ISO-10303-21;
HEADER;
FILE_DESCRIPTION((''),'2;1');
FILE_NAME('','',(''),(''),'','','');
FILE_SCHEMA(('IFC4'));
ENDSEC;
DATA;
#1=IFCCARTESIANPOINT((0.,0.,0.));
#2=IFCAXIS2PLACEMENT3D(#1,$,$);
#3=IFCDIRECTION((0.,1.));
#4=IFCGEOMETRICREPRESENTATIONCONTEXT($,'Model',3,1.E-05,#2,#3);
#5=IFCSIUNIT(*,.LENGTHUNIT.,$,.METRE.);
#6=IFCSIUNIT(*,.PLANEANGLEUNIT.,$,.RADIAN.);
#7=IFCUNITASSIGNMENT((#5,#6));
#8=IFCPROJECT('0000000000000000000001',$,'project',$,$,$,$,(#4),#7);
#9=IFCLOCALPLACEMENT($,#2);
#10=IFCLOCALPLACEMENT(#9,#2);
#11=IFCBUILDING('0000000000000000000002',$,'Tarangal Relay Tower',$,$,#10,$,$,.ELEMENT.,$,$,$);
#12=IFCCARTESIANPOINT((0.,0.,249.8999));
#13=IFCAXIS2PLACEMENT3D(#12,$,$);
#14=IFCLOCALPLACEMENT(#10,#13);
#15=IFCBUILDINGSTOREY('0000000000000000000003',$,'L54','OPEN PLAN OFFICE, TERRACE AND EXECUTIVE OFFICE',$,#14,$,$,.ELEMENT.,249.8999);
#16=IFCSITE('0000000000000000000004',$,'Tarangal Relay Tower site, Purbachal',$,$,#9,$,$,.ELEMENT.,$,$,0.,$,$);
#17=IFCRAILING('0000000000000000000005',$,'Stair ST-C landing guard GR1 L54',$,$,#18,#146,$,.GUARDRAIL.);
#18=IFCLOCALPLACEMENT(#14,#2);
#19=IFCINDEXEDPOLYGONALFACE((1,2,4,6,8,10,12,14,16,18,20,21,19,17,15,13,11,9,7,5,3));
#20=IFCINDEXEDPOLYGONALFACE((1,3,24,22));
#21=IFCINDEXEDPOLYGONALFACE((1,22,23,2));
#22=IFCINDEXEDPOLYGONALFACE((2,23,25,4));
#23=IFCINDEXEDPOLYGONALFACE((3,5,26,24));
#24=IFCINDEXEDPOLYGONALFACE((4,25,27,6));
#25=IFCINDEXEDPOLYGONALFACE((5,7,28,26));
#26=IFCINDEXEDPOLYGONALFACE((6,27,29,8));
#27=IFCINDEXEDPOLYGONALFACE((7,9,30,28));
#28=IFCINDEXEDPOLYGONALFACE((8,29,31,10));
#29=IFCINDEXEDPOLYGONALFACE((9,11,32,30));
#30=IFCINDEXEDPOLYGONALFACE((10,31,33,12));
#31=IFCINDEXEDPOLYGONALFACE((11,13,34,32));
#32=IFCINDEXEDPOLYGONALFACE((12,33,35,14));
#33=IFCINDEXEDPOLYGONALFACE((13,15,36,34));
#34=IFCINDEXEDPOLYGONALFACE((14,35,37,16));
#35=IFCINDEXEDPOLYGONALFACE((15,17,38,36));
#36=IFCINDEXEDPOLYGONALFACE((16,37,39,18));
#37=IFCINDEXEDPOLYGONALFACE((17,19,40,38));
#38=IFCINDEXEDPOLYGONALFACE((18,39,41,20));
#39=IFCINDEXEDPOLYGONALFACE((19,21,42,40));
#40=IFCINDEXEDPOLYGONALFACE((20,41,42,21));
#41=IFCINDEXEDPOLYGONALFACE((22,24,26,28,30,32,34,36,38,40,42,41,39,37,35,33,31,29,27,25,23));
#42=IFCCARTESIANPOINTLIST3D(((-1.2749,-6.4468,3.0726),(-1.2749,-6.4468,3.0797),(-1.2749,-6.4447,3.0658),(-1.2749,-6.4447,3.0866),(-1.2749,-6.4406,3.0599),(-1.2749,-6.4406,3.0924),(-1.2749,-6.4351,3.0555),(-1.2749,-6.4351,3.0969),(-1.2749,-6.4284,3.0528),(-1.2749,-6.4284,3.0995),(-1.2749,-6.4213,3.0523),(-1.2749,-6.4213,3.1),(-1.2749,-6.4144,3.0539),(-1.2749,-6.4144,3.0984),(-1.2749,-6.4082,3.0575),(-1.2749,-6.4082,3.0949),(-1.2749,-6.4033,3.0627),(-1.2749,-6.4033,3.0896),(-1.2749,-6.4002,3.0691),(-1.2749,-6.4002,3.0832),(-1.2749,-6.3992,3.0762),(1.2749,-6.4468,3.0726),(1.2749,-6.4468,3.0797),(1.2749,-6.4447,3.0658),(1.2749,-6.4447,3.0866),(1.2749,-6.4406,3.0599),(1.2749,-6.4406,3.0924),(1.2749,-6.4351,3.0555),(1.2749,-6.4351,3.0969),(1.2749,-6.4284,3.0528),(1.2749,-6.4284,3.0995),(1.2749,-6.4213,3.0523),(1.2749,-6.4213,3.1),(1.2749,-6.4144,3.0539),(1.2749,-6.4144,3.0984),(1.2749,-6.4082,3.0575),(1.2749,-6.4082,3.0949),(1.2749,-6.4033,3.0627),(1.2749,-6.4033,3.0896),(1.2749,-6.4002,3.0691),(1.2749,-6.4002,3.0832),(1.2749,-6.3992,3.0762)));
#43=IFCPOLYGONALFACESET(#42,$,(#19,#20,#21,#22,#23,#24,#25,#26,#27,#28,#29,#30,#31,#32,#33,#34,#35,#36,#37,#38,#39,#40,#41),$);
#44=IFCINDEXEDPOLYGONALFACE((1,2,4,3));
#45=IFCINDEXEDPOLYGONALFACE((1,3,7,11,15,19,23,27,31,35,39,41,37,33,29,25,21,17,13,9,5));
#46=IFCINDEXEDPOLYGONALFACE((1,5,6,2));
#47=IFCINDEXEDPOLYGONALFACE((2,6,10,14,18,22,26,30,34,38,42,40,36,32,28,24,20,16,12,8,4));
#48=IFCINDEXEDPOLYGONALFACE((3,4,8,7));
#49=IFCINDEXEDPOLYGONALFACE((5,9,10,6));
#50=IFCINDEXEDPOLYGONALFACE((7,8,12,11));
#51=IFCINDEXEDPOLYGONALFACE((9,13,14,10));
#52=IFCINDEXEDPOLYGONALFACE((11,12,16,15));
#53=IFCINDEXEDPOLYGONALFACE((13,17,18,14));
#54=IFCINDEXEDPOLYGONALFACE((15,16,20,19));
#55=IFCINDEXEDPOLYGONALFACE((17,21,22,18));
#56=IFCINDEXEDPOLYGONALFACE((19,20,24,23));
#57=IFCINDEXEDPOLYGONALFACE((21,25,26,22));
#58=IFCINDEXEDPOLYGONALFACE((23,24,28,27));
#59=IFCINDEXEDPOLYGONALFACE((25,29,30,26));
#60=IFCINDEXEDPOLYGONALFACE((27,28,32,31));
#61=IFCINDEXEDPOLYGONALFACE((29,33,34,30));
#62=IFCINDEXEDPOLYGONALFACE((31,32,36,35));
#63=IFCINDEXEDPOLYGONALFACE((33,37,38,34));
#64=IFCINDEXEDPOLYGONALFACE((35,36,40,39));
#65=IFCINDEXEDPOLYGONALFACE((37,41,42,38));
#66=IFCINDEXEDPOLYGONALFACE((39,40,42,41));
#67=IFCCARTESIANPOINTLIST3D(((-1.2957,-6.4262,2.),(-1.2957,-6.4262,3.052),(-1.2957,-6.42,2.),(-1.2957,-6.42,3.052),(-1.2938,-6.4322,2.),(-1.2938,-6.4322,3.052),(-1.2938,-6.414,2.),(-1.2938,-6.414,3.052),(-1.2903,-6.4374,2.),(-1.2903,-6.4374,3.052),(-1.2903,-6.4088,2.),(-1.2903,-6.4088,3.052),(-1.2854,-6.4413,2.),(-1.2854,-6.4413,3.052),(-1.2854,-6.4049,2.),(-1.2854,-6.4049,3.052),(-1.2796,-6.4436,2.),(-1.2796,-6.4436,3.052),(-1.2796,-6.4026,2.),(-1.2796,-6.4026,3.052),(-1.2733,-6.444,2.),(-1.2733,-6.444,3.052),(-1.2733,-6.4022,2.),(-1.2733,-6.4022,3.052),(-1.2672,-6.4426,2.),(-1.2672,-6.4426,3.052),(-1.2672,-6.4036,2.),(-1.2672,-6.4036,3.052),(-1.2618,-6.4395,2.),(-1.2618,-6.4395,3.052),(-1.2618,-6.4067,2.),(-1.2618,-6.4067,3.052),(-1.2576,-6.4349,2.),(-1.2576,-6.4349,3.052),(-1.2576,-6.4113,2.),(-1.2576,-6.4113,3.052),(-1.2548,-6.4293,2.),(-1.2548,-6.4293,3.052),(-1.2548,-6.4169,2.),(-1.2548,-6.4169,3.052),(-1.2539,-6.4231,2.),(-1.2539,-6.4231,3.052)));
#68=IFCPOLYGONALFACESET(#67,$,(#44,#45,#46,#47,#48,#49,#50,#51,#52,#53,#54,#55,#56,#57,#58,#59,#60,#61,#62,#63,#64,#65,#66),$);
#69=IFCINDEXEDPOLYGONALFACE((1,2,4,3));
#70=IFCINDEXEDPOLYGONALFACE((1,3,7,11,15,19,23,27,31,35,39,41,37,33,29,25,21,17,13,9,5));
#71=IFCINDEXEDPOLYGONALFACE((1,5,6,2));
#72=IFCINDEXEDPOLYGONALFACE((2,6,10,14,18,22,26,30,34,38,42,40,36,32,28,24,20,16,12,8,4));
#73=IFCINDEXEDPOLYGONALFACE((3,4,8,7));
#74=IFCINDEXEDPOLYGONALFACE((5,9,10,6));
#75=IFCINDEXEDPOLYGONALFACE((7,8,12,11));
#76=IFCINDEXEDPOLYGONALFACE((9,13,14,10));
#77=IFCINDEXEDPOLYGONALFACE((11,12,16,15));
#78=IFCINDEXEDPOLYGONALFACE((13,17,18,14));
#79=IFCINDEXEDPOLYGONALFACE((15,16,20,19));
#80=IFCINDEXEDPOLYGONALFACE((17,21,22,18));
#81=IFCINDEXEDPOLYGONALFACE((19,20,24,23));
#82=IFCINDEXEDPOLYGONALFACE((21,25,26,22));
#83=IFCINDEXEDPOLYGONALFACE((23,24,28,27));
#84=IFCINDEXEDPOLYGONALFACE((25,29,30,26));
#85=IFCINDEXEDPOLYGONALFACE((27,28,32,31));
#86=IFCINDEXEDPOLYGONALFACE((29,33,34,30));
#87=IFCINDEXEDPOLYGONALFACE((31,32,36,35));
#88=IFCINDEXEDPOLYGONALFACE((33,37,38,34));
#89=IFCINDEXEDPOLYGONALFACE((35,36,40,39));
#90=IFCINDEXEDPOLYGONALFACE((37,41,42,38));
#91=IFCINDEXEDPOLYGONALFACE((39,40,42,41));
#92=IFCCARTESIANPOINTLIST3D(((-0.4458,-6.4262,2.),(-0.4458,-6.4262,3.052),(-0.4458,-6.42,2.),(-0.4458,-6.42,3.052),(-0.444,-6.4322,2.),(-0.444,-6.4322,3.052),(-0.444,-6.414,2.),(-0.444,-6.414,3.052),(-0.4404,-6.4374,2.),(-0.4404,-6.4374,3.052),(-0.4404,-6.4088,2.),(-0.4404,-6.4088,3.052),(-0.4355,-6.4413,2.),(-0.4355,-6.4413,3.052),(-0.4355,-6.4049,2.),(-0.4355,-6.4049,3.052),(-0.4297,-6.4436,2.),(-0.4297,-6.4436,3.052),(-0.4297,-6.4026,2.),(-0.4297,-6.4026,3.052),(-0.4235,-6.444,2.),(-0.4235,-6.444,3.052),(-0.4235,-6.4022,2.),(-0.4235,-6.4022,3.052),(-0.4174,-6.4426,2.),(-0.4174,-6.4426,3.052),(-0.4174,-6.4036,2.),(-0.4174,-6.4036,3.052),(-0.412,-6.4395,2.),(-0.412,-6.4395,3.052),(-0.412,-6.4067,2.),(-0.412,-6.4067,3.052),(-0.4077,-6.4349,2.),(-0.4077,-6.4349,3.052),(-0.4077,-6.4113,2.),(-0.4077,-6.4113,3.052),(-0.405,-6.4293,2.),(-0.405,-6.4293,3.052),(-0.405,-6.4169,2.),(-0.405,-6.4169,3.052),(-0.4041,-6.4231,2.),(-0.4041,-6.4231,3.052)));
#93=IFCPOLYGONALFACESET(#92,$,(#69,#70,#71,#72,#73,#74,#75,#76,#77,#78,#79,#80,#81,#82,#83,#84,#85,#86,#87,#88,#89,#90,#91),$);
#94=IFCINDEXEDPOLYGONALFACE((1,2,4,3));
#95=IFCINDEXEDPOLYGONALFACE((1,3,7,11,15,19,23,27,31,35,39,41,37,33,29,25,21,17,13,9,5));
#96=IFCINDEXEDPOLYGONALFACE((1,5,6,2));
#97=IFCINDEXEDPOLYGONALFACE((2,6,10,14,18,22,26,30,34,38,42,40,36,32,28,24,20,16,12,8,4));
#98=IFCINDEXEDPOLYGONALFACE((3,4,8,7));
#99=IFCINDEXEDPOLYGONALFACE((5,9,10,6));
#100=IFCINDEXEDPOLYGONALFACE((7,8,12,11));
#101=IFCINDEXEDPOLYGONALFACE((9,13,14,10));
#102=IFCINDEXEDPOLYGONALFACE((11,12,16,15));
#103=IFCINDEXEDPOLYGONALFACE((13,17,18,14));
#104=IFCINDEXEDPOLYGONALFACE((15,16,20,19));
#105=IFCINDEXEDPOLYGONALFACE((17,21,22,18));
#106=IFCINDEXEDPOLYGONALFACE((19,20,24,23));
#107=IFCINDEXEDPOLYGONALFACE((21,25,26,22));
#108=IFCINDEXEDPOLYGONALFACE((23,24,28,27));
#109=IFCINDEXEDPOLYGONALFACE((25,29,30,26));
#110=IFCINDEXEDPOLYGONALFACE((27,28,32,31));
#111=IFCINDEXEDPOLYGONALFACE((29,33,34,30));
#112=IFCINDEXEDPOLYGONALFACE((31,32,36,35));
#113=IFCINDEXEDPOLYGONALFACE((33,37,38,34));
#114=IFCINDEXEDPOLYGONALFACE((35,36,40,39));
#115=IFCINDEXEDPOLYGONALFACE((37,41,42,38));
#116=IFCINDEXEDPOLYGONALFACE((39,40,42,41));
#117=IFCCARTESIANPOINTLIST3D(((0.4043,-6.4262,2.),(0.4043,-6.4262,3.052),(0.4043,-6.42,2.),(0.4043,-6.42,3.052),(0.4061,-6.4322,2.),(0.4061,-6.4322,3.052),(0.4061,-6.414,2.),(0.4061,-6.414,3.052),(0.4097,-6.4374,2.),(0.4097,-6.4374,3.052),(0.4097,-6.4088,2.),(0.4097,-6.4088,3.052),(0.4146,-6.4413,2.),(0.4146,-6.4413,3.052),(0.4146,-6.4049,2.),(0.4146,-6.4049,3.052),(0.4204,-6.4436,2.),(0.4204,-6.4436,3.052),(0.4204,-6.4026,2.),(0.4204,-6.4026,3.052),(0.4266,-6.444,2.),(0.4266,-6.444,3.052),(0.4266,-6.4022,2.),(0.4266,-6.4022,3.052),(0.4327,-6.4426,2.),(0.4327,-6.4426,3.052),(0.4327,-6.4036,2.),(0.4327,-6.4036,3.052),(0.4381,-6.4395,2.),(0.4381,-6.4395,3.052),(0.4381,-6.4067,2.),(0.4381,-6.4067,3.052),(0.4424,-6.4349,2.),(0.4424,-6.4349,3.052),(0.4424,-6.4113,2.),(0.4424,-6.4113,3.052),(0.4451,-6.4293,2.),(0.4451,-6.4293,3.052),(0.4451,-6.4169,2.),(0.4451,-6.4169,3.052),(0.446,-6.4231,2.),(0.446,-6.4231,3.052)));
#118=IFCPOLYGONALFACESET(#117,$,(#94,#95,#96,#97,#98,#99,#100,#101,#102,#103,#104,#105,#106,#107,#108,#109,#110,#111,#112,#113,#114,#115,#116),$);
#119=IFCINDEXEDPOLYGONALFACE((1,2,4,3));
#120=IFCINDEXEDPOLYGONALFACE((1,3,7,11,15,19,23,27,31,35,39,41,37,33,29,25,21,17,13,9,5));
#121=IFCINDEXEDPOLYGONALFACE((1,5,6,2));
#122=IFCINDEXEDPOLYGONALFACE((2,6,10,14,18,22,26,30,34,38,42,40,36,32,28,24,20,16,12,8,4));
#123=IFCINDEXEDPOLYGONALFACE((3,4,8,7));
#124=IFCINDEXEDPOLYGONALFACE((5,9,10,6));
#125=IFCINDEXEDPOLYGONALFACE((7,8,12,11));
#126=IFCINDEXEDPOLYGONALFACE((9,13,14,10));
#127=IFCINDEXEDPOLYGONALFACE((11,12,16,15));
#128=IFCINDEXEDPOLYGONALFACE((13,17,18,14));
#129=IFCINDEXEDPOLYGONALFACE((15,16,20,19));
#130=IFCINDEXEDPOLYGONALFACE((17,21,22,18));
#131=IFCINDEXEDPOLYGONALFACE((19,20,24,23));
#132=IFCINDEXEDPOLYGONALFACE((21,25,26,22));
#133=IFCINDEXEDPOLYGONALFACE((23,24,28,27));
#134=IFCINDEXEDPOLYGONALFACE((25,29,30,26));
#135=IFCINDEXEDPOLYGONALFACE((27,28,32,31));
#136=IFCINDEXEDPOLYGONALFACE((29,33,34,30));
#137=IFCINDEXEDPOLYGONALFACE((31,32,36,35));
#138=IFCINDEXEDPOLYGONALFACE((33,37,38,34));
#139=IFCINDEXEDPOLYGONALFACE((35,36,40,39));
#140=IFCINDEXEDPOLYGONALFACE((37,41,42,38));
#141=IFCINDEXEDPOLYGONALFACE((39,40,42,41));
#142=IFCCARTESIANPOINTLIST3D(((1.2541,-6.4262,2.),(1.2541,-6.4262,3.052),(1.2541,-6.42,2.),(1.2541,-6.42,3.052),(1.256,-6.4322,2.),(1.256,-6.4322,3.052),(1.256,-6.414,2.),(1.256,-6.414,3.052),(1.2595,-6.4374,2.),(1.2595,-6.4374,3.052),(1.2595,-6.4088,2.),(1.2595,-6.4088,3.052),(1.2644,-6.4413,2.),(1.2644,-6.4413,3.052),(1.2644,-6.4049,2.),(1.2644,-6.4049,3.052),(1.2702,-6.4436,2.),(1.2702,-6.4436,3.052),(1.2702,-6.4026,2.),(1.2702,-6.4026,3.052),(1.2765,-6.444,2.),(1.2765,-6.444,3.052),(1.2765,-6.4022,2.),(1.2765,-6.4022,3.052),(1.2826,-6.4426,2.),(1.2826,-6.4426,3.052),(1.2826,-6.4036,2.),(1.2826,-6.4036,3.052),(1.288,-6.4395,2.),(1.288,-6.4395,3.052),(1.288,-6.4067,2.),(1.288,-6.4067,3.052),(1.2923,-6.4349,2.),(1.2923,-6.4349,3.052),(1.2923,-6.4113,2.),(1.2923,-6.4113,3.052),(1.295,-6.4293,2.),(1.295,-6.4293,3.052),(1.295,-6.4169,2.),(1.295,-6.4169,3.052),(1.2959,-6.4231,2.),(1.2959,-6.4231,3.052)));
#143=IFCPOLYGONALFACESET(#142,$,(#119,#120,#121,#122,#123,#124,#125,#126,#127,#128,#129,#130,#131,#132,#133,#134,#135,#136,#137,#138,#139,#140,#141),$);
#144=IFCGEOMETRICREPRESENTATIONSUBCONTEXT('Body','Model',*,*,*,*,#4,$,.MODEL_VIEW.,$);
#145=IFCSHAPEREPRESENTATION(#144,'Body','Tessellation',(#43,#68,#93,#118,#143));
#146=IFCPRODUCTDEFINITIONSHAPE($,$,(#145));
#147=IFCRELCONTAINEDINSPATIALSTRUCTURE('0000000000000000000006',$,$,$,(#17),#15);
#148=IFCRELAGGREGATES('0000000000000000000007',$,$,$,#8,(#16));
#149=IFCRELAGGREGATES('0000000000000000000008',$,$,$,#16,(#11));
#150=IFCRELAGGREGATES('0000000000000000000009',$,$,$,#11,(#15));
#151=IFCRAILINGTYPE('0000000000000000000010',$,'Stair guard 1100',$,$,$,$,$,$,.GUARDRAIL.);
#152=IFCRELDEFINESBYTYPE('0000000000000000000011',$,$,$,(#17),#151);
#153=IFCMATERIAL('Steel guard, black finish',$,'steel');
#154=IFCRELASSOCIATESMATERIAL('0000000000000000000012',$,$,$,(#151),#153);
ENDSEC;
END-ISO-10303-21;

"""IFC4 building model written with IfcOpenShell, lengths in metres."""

from ifc_helpers import new_model, si_unit, direction, frame, origin, origin_2d, place, context, subcontext, project, spatial, circle, extrude, material, type_object, element, save


model = new_model("IFC4")

# Units and contexts
model_context = context("Model", 3, precision=1e-05, world=origin(), true_north=direction((0.0, 1.0)))
body_context = subcontext(model_context, "Body", "Model", "MODEL_VIEW")
ifc_project = project(units=[si_unit("LENGTHUNIT", "METRE"), si_unit("PLANEANGLEUNIT", "RADIAN")], contexts=[model_context])

# Site, building, storey
site_placement = place(None, origin())
site = spatial("IfcSite", under=ifc_project, at=site_placement, Name="Tarangal Relay Tower site, Purbachal", CompositionType="ELEMENT", RefElevation=0.0)
building_placement = place(site_placement, origin())
building = spatial("IfcBuilding", under=site, at=building_placement, Name="Tarangal Relay Tower", CompositionType="ELEMENT")
storey_placement = place(building_placement, frame((0.0, 0.0, 249.8999)))
storey = spatial("IfcBuildingStorey", under=building, at=storey_placement, Name="L54", Description="OPEN PLAN OFFICE, TERRACE AND EXECUTIVE OFFICE", CompositionType="ELEMENT", Elevation=249.8999)

# Railing
ifc_material_1 = material(Name="Steel guard, black finish", Category="steel")
railing_type_1 = type_object("IfcRailingType", Name="Stair guard 1100", PredefinedType="GUARDRAIL", material=ifc_material_1)
for number, where, name in (
    (1, (-1.2749, -6.4231, 2.0), "Stair ST-C landing guard GR1 L54"),
):
    element("IfcRailing", number, at=place(storey_placement, frame(where)), inside=storey, type_object=railing_type_1, Name=name, PredefinedType="GUARDRAIL", context=body_context, shape_type="SweptSolid", body=[
        extrude(circle(Radius=0.0239, at=origin_2d()), frame((0.0, 0.0, 1.0762), z_axis=(1.0, 0.0, 0.0), x_axis=(0.0, 1.0, 0.0)), (0.0, 0.0, 1.0), 2.5498),
        extrude(circle(Radius=0.021, at=origin_2d()), origin(), (0.0, 0.0, 1.0), 1.052),
        extrude(circle(Radius=0.021, at=origin_2d()), frame((0.8499, 0.0, 0.0)), (0.0, 0.0, 1.0), 1.052),
        extrude(circle(Radius=0.021, at=origin_2d()), frame((1.7, 0.0, 0.0)), (0.0, 0.0, 1.0), 1.052),
        extrude(circle(Radius=0.021, at=origin_2d()), frame((2.5498, 0.0, 0.0)), (0.0, 0.0, 1.0), 1.052),
    ])

save(model, "model.ifc")
